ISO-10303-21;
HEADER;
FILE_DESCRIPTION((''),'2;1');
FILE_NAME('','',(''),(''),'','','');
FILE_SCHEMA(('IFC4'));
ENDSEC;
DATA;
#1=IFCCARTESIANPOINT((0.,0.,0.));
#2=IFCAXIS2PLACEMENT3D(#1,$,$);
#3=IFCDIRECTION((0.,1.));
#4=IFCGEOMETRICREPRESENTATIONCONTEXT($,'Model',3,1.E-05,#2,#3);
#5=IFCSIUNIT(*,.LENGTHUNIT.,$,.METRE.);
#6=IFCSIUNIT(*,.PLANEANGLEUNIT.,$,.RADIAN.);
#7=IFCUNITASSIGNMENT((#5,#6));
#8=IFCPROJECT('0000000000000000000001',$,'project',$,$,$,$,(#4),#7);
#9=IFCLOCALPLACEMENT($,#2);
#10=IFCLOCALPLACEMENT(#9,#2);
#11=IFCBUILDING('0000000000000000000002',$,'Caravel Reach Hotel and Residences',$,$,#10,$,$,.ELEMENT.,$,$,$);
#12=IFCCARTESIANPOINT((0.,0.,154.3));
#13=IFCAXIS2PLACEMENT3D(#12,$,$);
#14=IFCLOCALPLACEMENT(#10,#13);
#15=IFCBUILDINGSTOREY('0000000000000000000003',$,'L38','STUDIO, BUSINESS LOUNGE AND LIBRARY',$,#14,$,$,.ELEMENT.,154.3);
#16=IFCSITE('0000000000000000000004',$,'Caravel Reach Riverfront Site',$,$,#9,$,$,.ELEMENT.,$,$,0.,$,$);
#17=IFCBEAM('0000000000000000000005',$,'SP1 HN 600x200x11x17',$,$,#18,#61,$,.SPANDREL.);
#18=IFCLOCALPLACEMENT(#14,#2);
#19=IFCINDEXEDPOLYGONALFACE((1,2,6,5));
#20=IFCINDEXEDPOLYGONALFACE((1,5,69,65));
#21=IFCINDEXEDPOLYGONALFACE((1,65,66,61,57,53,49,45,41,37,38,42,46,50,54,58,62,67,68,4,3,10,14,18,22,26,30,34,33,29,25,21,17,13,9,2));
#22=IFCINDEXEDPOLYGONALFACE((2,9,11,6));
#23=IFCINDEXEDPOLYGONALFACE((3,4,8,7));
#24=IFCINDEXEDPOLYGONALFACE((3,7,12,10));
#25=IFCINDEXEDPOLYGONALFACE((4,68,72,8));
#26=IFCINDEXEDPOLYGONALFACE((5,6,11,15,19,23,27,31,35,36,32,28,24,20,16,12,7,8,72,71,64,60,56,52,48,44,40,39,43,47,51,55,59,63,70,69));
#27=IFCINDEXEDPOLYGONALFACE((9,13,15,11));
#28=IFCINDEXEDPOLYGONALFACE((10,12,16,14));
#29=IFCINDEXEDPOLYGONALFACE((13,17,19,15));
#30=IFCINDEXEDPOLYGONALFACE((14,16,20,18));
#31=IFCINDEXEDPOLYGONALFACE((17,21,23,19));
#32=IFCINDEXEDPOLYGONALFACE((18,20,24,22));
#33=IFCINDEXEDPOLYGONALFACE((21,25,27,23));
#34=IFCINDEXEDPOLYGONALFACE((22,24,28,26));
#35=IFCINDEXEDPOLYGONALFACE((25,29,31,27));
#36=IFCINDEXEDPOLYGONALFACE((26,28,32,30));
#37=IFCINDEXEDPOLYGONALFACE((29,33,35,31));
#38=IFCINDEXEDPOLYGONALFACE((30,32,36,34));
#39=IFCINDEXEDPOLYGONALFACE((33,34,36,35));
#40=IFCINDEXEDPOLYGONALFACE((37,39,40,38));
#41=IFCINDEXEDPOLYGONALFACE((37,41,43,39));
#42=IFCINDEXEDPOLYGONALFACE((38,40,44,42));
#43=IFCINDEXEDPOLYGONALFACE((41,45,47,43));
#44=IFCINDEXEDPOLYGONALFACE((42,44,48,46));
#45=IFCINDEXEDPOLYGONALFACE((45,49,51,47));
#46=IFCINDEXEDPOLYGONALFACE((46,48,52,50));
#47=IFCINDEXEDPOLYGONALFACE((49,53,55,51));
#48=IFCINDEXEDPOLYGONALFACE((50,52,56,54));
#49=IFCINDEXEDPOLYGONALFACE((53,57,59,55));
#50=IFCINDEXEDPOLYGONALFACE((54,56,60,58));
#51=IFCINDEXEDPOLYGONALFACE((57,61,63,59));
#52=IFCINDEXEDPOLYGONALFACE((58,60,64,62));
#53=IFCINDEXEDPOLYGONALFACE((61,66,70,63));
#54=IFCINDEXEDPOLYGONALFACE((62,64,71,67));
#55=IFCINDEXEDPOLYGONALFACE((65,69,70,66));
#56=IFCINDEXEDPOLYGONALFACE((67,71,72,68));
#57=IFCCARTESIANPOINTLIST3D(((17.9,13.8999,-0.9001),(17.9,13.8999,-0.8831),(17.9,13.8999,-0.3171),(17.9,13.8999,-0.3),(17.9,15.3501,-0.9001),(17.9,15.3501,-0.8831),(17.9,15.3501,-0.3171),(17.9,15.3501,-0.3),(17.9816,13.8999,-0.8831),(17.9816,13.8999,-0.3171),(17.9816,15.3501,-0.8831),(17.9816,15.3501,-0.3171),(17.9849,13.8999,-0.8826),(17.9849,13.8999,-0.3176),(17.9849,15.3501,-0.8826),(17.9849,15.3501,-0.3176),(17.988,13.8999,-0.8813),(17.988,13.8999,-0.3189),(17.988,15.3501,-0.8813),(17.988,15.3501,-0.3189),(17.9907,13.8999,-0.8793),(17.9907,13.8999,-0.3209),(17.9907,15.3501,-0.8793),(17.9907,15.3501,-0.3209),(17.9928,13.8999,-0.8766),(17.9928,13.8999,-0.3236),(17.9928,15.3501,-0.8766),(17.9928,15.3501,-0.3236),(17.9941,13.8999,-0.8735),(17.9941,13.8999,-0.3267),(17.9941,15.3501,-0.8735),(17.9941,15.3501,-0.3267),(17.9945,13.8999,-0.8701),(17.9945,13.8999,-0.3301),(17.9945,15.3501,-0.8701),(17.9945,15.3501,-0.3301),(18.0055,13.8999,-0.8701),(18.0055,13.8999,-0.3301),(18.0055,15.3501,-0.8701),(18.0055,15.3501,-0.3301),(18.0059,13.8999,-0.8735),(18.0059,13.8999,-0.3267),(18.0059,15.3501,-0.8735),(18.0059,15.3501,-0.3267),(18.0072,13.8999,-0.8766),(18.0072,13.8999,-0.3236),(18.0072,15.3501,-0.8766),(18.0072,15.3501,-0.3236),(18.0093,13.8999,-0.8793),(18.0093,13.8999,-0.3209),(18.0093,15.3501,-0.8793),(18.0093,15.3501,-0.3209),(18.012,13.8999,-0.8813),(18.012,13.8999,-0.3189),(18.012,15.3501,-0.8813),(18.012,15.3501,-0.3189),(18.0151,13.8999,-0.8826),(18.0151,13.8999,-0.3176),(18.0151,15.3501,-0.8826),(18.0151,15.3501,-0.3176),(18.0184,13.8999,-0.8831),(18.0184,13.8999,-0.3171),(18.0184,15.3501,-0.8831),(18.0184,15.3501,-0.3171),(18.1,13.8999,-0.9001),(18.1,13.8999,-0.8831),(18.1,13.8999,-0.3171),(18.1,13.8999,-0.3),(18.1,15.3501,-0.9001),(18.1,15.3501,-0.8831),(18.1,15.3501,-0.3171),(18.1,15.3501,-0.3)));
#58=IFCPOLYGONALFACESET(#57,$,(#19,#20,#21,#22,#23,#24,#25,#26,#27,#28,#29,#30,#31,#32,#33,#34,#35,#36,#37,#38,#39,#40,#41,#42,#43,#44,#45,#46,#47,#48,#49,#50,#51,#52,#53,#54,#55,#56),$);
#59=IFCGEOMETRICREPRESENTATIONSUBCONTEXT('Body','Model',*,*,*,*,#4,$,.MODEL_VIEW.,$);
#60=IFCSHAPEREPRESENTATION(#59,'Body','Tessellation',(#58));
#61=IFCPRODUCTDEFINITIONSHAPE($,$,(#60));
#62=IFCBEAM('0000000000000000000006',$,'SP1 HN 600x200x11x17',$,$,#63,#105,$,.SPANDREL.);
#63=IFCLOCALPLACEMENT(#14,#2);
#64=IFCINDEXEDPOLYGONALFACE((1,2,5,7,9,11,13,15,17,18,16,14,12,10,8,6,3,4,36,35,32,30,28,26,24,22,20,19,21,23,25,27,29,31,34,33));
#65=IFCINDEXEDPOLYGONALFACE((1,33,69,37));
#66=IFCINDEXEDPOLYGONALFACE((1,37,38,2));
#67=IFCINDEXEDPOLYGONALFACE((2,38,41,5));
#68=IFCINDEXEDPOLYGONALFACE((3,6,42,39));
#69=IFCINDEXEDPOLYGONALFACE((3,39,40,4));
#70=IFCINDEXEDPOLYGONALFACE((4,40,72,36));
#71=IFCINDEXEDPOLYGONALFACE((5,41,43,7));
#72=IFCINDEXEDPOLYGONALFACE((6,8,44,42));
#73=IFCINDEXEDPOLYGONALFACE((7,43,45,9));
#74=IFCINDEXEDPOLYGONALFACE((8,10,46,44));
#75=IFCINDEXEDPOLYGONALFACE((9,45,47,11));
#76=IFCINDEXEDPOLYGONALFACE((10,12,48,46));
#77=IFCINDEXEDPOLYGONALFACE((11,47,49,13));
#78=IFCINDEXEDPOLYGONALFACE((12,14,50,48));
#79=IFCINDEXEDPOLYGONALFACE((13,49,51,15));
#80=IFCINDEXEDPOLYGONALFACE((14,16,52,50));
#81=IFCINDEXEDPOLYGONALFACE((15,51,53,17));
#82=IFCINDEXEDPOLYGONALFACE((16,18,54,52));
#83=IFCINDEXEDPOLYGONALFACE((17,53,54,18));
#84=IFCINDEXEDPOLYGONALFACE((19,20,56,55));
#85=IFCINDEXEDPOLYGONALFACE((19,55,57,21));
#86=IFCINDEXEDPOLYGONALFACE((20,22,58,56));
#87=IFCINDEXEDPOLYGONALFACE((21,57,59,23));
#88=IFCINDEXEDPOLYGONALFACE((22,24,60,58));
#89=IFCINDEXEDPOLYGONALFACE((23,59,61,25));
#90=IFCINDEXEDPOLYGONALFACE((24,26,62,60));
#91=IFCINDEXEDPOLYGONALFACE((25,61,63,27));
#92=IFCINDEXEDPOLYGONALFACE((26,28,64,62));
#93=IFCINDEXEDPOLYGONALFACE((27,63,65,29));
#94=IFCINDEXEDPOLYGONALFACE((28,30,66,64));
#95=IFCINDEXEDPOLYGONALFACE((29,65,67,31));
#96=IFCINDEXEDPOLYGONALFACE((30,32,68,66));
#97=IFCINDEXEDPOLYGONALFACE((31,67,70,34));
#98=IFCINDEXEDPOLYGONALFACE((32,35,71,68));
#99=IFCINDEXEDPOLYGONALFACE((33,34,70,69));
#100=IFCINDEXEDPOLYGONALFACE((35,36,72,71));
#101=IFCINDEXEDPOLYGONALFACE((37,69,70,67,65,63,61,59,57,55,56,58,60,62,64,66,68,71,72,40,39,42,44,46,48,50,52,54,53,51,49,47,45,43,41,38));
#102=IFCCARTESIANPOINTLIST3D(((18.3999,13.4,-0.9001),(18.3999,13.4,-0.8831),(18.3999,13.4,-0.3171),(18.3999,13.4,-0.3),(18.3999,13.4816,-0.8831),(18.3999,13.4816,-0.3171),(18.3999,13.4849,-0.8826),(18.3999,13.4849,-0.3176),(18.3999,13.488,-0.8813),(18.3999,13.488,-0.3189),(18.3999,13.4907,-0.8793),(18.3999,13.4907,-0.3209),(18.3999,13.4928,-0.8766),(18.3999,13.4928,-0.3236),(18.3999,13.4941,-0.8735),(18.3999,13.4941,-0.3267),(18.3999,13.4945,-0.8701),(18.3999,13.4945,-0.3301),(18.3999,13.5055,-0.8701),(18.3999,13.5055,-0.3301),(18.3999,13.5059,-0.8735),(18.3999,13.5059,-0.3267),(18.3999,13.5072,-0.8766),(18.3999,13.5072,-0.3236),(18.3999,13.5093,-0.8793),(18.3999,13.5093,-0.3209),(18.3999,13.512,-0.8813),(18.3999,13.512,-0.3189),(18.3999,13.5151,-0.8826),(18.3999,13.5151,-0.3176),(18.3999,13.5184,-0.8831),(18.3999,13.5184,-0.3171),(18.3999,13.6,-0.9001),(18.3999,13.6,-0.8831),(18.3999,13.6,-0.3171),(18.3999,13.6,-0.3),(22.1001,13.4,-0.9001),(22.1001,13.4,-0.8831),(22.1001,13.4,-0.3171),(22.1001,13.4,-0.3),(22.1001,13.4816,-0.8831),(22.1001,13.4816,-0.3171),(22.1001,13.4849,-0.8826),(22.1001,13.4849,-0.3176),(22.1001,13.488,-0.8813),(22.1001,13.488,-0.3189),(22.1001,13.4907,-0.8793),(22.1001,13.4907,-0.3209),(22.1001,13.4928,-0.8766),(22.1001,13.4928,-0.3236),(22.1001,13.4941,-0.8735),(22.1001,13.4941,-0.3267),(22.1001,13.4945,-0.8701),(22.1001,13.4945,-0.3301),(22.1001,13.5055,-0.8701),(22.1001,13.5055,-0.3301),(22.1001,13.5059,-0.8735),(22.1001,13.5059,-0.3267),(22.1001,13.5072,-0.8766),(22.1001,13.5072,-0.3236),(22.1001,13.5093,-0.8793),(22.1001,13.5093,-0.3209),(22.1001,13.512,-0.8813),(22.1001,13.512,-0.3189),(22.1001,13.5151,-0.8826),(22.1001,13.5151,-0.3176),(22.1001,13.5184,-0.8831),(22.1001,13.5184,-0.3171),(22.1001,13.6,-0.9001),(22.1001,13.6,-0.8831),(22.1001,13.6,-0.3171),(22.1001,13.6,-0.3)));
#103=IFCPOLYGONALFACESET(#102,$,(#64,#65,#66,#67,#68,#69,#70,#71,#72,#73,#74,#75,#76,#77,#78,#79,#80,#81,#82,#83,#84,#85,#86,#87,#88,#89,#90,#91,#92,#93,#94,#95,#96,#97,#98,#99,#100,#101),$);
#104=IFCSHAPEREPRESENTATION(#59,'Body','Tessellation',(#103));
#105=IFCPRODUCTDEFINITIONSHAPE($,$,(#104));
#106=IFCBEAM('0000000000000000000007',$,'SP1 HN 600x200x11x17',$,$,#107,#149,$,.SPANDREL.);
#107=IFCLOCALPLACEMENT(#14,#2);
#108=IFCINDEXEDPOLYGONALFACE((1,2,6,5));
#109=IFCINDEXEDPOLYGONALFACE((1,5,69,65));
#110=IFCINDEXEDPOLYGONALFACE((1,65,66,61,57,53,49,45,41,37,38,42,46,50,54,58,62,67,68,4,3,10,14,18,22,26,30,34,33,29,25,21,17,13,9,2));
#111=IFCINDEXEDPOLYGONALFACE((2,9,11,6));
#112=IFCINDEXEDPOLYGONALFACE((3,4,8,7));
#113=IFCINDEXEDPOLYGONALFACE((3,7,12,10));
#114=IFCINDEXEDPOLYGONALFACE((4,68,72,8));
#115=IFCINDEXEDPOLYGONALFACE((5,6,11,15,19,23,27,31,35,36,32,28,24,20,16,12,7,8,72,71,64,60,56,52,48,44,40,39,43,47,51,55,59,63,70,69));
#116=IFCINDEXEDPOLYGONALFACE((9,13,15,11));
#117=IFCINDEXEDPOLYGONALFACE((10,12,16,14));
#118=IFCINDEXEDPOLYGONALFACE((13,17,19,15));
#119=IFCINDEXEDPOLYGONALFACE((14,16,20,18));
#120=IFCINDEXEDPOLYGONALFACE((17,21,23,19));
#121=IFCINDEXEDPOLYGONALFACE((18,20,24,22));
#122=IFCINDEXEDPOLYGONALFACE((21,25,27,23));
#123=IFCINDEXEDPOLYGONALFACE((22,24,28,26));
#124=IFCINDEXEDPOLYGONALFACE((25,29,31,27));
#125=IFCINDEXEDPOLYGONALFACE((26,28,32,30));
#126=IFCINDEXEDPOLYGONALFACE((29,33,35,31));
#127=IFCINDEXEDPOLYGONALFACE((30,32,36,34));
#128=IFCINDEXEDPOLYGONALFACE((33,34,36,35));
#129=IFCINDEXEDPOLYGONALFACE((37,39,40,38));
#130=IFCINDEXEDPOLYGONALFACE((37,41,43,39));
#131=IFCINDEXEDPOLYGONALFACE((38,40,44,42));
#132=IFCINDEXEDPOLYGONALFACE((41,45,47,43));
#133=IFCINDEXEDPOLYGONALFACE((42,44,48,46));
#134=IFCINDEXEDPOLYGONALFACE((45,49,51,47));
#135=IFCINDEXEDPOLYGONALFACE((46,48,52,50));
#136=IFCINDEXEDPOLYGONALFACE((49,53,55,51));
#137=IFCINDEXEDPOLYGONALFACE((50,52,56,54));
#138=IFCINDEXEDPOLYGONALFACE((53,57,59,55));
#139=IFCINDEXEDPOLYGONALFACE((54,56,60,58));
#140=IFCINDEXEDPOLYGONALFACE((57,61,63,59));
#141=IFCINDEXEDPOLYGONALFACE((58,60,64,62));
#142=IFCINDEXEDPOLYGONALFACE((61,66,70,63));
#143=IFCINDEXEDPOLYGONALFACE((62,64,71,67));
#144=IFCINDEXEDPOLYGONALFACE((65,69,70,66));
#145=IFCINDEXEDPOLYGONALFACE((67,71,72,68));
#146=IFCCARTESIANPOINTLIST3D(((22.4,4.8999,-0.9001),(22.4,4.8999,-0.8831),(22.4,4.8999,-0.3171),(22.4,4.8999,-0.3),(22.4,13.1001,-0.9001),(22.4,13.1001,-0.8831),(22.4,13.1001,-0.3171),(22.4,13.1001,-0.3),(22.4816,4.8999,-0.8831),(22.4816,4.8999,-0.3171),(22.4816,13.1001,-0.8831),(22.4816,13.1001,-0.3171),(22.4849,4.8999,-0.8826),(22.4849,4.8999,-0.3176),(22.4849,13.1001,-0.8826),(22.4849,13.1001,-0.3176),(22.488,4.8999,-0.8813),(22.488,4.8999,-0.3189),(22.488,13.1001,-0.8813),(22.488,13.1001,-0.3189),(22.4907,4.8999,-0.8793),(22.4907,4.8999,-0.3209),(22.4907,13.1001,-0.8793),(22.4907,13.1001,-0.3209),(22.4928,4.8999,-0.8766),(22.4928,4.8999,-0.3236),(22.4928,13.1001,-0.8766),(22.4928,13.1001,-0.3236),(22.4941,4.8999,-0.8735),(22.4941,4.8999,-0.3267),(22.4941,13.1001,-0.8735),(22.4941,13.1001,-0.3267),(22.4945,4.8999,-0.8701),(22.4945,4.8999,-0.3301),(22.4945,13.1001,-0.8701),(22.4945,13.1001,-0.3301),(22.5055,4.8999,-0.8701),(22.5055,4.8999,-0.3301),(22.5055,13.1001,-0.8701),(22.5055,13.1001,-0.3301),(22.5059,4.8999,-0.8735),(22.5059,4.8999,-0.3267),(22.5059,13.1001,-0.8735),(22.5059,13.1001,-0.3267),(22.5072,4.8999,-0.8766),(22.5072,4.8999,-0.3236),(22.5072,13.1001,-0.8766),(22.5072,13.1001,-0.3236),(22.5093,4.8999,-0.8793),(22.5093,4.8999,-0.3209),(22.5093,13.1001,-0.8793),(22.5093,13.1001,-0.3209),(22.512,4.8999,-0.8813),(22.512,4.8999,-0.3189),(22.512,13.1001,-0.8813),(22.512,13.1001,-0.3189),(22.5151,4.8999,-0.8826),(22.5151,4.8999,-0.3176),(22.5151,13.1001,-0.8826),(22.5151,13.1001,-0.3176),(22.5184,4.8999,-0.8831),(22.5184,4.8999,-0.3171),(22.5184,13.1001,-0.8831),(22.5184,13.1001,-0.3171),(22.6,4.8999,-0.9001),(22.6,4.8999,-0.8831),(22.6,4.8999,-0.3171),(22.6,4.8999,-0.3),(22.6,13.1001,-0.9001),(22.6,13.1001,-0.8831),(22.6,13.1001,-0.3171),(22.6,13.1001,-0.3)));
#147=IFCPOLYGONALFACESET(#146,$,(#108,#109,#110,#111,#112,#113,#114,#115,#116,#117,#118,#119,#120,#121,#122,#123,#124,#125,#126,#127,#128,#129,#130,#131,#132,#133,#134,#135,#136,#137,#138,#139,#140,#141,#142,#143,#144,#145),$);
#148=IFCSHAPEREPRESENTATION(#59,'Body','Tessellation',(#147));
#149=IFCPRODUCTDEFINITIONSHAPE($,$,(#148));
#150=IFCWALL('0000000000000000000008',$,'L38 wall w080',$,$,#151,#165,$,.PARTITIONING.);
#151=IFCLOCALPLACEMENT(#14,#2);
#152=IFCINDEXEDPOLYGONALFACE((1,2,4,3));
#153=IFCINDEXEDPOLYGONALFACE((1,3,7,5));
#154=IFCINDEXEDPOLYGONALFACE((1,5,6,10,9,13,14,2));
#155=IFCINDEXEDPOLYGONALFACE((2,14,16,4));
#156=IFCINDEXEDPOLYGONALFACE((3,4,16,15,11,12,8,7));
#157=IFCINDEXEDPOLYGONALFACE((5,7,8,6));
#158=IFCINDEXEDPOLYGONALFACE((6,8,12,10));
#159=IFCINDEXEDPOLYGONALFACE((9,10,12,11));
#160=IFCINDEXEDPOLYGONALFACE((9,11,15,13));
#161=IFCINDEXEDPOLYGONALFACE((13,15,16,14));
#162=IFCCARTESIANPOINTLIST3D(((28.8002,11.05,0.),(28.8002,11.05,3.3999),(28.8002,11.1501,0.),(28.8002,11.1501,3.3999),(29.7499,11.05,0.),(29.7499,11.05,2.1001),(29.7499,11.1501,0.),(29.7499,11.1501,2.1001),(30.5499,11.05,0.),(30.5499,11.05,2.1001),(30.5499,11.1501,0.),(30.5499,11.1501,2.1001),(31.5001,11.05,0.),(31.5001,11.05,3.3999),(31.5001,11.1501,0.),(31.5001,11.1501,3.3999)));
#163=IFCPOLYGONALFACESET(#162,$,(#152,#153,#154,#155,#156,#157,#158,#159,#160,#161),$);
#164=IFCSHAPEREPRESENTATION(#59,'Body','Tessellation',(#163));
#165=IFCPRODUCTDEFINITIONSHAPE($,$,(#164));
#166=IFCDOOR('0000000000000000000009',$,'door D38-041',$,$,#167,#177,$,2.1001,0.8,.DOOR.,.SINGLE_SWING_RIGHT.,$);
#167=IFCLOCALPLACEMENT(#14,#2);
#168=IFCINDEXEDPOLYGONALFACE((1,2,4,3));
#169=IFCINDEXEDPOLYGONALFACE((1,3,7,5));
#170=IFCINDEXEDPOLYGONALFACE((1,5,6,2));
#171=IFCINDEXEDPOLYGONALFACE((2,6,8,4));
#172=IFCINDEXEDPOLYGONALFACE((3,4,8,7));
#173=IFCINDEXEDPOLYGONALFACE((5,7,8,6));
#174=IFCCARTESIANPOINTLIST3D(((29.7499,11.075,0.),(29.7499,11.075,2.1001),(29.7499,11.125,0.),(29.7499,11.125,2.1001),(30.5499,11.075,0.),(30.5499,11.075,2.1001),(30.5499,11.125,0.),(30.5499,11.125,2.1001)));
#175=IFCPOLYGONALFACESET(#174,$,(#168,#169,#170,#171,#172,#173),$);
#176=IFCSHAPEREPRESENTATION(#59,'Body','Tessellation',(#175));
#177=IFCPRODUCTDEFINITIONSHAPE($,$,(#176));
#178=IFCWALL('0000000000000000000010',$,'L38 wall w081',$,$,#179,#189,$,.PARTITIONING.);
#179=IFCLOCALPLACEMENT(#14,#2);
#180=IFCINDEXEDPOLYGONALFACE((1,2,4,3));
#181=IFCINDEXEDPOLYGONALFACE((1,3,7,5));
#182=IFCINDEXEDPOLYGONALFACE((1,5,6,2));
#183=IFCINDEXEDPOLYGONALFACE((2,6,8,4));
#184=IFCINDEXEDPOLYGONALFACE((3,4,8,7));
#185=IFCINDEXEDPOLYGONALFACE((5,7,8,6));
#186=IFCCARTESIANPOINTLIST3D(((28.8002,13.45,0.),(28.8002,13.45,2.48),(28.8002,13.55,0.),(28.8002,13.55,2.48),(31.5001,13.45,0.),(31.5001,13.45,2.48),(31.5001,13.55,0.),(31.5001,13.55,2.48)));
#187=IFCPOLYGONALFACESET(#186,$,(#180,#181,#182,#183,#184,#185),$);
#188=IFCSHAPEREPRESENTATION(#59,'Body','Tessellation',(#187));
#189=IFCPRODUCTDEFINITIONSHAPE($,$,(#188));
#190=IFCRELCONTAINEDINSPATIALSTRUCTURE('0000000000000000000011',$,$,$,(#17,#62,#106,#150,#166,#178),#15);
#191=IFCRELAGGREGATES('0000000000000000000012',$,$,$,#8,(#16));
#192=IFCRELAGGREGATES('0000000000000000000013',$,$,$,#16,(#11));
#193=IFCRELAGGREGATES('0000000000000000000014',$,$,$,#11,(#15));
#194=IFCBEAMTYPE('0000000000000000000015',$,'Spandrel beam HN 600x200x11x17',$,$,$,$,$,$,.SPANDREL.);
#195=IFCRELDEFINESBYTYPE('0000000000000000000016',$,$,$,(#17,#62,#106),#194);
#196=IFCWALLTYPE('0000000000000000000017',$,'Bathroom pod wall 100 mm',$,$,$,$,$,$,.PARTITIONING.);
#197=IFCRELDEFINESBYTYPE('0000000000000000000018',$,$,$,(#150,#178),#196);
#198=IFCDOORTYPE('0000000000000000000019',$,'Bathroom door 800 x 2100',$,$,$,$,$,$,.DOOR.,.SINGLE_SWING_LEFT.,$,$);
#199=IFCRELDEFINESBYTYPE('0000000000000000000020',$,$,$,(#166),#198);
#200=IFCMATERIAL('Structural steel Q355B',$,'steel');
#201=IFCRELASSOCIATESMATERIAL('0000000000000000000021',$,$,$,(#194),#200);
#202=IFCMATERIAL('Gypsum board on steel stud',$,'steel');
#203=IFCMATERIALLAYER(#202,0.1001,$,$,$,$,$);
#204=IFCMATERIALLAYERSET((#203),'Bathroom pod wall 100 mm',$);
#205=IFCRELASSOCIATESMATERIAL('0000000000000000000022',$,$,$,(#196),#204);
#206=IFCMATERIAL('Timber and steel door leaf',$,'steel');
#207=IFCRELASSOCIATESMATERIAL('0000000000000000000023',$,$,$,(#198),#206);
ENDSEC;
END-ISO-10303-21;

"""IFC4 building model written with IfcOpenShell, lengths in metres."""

from ifc_helpers import new_model, si_unit, direction, frame, frame_2d, origin, origin_2d, place, context, subcontext, project, spatial, rectangle, i_section, extrude, material, layer, layer_set, material_profile, profile_set, type_object, element, fill, save


model = new_model("IFC4")

# Units and contexts
model_context = context("Model", 3, precision=1e-05, world=origin(), true_north=direction((0.0, 1.0)))
body_context = subcontext(model_context, "Body", "Model", "MODEL_VIEW")
ifc_project = project(units=[si_unit("LENGTHUNIT", "METRE"), si_unit("PLANEANGLEUNIT", "RADIAN")], contexts=[model_context])

# Site, building, storey
site_placement = place(None, origin())
site = spatial("IfcSite", under=ifc_project, at=site_placement, Name="Caravel Reach Riverfront Site", CompositionType="ELEMENT", RefElevation=0.0)
building_placement = place(site_placement, origin())
building = spatial("IfcBuilding", under=site, at=building_placement, Name="Caravel Reach Hotel and Residences", CompositionType="ELEMENT")
storey_placement = place(building_placement, frame((0.0, 0.0, 154.3)))
storey = spatial("IfcBuildingStorey", under=building, at=storey_placement, Name="L38", Description="STUDIO, BUSINESS LOUNGE AND LIBRARY", CompositionType="ELEMENT", Elevation=154.3)

# Beams
ifc_material_1 = material(Name="Structural steel Q355B", Category="steel")
ifc_material_profile_1 = material_profile(ifc_material_1, i_section(OverallWidth=0.2, OverallDepth=0.6001, WebThickness=0.011, FlangeThickness=0.0171, FilletRadius=0.0129, at=origin_2d()), Name="HN 600x200x11x17")
ifc_profile_set_1 = profile_set([ifc_material_profile_1], Name="Structural steel Q355B")
beam_type_1 = type_object("IfcBeamType", Name="Spandrel beam HN 600x200x11x17", PredefinedType="SPANDREL", material=ifc_profile_set_1)
beam_1_placement = place(storey_placement, frame((18.0, 15.3501, -0.6001), z_axis=(0.0, -1.0, 0.0), x_axis=(1.0, 0.0, 0.0)))
element("IfcBeam", 1, at=beam_1_placement, inside=storey, type_object=beam_type_1, Name="SP1 HN 600x200x11x17", PredefinedType="SPANDREL", context=body_context, shape_type="SweptSolid", body=[
    extrude(i_section(OverallWidth=0.2, OverallDepth=0.6001, WebThickness=0.011, FlangeThickness=0.0171, FilletRadius=0.0129, at=origin_2d()), origin(), (0.0, 0.0, 1.0), 1.4502),
])
beam_2_placement = place(storey_placement, frame((18.3999, 13.5, -0.6001), z_axis=(1.0, 0.0, 0.0), x_axis=(0.0, 1.0, 0.0)))
element("IfcBeam", 2, at=beam_2_placement, inside=storey, type_object=beam_type_1, Name="SP1 HN 600x200x11x17", PredefinedType="SPANDREL", context=body_context, shape_type="SweptSolid", body=[
    extrude(i_section(OverallWidth=0.2, OverallDepth=0.6001, WebThickness=0.011, FlangeThickness=0.0171, FilletRadius=0.0129, at=origin_2d()), origin(), (0.0, 0.0, 1.0), 3.7002),
])
beam_3_placement = place(storey_placement, frame((22.5, 13.1001, -0.6001), z_axis=(0.0, -1.0, 0.0), x_axis=(1.0, 0.0, 0.0)))
element("IfcBeam", 3, at=beam_3_placement, inside=storey, type_object=beam_type_1, Name="SP1 HN 600x200x11x17", PredefinedType="SPANDREL", context=body_context, shape_type="SweptSolid", body=[
    extrude(i_section(OverallWidth=0.2, OverallDepth=0.6001, WebThickness=0.011, FlangeThickness=0.0171, FilletRadius=0.0129, at=origin_2d()), origin(), (0.0, 0.0, 1.0), 8.2002),
])

# Wall, opening, door
ifc_material_2 = material(Name="Gypsum board on steel stud", Category="steel")
ifc_layer_1 = layer(ifc_material_2, 0.1001)
ifc_layer_set_1 = layer_set([ifc_layer_1], Name="Bathroom pod wall 100 mm")
wall_type_1 = type_object("IfcWallType", Name="Bathroom pod wall 100 mm", PredefinedType="PARTITIONING", material=ifc_layer_set_1)
wall_1_placement = place(storey_placement, frame((28.8, 11.1001, 0.0), z_axis=(0.0, 0.0, 1.0), x_axis=(1.0, 0.0, 0.0)))
wall_1 = element("IfcWall", 4, at=wall_1_placement, inside=storey, type_object=wall_type_1, Name="L38 wall w080", PredefinedType="PARTITIONING", context=body_context, shape_type="SweptSolid", body=[
    extrude(rectangle(XDim=2.7, YDim=0.1001, at=frame_2d((1.3501, 0.0))), origin(), (0.0, 0.0, 1.0), 3.3999),
])
opening_1_placement = place(wall_1_placement, frame((0.95, 0.0, 0.0)))
opening_1 = element("IfcOpeningElement", 5, at=opening_1_placement, cuts=wall_1, PredefinedType="OPENING", context=body_context, shape_type="SweptSolid", body=[
    extrude(rectangle(XDim=0.8, YDim=2.1001, at=frame_2d((0.3999, 1.05))), frame((0.0, 0.0601, 0.0), z_axis=(0.0, -1.0, 0.0), x_axis=(1.0, 0.0, 0.0)), (0.0, 0.0, 1.0), 0.1201),
])
ifc_material_3 = material(Name="Timber and steel door leaf", Category="steel")
door_type_1 = type_object("IfcDoorType", Name="Bathroom door 800 x 2100", OperationType="SINGLE_SWING_LEFT", PredefinedType="DOOR", material=ifc_material_3)
door_1_placement = place(opening_1_placement, origin())
door_1 = element("IfcDoor", 6, at=door_1_placement, inside=storey, type_object=door_type_1, Name="door D38-041", OperationType="SINGLE_SWING_RIGHT", OverallHeight=2.1001, OverallWidth=0.8, PredefinedType="DOOR", context=body_context, shape_type="SweptSolid", body=[
    extrude(rectangle(XDim=0.8, YDim=2.1001, at=frame_2d((0.3999, 1.05))), frame((0.0, 0.0249, 0.0), z_axis=(0.0, -1.0, 0.0), x_axis=(1.0, 0.0, 0.0)), (0.0, 0.0, 1.0), 0.05),
])
fill(opening_1, door_1)

# Wall
wall_2_placement = place(storey_placement, frame((28.8, 13.5, 0.0), z_axis=(0.0, 0.0, 1.0), x_axis=(1.0, 0.0, 0.0)))
element("IfcWall", 7, at=wall_2_placement, inside=storey, type_object=wall_type_1, Name="L38 wall w081", PredefinedType="PARTITIONING", context=body_context, shape_type="SweptSolid", body=[
    extrude(rectangle(XDim=2.7, YDim=0.1001, at=frame_2d((1.3501, 0.0))), origin(), (0.0, 0.0, 1.0), 2.48),
])

save(model, "model.ifc")
